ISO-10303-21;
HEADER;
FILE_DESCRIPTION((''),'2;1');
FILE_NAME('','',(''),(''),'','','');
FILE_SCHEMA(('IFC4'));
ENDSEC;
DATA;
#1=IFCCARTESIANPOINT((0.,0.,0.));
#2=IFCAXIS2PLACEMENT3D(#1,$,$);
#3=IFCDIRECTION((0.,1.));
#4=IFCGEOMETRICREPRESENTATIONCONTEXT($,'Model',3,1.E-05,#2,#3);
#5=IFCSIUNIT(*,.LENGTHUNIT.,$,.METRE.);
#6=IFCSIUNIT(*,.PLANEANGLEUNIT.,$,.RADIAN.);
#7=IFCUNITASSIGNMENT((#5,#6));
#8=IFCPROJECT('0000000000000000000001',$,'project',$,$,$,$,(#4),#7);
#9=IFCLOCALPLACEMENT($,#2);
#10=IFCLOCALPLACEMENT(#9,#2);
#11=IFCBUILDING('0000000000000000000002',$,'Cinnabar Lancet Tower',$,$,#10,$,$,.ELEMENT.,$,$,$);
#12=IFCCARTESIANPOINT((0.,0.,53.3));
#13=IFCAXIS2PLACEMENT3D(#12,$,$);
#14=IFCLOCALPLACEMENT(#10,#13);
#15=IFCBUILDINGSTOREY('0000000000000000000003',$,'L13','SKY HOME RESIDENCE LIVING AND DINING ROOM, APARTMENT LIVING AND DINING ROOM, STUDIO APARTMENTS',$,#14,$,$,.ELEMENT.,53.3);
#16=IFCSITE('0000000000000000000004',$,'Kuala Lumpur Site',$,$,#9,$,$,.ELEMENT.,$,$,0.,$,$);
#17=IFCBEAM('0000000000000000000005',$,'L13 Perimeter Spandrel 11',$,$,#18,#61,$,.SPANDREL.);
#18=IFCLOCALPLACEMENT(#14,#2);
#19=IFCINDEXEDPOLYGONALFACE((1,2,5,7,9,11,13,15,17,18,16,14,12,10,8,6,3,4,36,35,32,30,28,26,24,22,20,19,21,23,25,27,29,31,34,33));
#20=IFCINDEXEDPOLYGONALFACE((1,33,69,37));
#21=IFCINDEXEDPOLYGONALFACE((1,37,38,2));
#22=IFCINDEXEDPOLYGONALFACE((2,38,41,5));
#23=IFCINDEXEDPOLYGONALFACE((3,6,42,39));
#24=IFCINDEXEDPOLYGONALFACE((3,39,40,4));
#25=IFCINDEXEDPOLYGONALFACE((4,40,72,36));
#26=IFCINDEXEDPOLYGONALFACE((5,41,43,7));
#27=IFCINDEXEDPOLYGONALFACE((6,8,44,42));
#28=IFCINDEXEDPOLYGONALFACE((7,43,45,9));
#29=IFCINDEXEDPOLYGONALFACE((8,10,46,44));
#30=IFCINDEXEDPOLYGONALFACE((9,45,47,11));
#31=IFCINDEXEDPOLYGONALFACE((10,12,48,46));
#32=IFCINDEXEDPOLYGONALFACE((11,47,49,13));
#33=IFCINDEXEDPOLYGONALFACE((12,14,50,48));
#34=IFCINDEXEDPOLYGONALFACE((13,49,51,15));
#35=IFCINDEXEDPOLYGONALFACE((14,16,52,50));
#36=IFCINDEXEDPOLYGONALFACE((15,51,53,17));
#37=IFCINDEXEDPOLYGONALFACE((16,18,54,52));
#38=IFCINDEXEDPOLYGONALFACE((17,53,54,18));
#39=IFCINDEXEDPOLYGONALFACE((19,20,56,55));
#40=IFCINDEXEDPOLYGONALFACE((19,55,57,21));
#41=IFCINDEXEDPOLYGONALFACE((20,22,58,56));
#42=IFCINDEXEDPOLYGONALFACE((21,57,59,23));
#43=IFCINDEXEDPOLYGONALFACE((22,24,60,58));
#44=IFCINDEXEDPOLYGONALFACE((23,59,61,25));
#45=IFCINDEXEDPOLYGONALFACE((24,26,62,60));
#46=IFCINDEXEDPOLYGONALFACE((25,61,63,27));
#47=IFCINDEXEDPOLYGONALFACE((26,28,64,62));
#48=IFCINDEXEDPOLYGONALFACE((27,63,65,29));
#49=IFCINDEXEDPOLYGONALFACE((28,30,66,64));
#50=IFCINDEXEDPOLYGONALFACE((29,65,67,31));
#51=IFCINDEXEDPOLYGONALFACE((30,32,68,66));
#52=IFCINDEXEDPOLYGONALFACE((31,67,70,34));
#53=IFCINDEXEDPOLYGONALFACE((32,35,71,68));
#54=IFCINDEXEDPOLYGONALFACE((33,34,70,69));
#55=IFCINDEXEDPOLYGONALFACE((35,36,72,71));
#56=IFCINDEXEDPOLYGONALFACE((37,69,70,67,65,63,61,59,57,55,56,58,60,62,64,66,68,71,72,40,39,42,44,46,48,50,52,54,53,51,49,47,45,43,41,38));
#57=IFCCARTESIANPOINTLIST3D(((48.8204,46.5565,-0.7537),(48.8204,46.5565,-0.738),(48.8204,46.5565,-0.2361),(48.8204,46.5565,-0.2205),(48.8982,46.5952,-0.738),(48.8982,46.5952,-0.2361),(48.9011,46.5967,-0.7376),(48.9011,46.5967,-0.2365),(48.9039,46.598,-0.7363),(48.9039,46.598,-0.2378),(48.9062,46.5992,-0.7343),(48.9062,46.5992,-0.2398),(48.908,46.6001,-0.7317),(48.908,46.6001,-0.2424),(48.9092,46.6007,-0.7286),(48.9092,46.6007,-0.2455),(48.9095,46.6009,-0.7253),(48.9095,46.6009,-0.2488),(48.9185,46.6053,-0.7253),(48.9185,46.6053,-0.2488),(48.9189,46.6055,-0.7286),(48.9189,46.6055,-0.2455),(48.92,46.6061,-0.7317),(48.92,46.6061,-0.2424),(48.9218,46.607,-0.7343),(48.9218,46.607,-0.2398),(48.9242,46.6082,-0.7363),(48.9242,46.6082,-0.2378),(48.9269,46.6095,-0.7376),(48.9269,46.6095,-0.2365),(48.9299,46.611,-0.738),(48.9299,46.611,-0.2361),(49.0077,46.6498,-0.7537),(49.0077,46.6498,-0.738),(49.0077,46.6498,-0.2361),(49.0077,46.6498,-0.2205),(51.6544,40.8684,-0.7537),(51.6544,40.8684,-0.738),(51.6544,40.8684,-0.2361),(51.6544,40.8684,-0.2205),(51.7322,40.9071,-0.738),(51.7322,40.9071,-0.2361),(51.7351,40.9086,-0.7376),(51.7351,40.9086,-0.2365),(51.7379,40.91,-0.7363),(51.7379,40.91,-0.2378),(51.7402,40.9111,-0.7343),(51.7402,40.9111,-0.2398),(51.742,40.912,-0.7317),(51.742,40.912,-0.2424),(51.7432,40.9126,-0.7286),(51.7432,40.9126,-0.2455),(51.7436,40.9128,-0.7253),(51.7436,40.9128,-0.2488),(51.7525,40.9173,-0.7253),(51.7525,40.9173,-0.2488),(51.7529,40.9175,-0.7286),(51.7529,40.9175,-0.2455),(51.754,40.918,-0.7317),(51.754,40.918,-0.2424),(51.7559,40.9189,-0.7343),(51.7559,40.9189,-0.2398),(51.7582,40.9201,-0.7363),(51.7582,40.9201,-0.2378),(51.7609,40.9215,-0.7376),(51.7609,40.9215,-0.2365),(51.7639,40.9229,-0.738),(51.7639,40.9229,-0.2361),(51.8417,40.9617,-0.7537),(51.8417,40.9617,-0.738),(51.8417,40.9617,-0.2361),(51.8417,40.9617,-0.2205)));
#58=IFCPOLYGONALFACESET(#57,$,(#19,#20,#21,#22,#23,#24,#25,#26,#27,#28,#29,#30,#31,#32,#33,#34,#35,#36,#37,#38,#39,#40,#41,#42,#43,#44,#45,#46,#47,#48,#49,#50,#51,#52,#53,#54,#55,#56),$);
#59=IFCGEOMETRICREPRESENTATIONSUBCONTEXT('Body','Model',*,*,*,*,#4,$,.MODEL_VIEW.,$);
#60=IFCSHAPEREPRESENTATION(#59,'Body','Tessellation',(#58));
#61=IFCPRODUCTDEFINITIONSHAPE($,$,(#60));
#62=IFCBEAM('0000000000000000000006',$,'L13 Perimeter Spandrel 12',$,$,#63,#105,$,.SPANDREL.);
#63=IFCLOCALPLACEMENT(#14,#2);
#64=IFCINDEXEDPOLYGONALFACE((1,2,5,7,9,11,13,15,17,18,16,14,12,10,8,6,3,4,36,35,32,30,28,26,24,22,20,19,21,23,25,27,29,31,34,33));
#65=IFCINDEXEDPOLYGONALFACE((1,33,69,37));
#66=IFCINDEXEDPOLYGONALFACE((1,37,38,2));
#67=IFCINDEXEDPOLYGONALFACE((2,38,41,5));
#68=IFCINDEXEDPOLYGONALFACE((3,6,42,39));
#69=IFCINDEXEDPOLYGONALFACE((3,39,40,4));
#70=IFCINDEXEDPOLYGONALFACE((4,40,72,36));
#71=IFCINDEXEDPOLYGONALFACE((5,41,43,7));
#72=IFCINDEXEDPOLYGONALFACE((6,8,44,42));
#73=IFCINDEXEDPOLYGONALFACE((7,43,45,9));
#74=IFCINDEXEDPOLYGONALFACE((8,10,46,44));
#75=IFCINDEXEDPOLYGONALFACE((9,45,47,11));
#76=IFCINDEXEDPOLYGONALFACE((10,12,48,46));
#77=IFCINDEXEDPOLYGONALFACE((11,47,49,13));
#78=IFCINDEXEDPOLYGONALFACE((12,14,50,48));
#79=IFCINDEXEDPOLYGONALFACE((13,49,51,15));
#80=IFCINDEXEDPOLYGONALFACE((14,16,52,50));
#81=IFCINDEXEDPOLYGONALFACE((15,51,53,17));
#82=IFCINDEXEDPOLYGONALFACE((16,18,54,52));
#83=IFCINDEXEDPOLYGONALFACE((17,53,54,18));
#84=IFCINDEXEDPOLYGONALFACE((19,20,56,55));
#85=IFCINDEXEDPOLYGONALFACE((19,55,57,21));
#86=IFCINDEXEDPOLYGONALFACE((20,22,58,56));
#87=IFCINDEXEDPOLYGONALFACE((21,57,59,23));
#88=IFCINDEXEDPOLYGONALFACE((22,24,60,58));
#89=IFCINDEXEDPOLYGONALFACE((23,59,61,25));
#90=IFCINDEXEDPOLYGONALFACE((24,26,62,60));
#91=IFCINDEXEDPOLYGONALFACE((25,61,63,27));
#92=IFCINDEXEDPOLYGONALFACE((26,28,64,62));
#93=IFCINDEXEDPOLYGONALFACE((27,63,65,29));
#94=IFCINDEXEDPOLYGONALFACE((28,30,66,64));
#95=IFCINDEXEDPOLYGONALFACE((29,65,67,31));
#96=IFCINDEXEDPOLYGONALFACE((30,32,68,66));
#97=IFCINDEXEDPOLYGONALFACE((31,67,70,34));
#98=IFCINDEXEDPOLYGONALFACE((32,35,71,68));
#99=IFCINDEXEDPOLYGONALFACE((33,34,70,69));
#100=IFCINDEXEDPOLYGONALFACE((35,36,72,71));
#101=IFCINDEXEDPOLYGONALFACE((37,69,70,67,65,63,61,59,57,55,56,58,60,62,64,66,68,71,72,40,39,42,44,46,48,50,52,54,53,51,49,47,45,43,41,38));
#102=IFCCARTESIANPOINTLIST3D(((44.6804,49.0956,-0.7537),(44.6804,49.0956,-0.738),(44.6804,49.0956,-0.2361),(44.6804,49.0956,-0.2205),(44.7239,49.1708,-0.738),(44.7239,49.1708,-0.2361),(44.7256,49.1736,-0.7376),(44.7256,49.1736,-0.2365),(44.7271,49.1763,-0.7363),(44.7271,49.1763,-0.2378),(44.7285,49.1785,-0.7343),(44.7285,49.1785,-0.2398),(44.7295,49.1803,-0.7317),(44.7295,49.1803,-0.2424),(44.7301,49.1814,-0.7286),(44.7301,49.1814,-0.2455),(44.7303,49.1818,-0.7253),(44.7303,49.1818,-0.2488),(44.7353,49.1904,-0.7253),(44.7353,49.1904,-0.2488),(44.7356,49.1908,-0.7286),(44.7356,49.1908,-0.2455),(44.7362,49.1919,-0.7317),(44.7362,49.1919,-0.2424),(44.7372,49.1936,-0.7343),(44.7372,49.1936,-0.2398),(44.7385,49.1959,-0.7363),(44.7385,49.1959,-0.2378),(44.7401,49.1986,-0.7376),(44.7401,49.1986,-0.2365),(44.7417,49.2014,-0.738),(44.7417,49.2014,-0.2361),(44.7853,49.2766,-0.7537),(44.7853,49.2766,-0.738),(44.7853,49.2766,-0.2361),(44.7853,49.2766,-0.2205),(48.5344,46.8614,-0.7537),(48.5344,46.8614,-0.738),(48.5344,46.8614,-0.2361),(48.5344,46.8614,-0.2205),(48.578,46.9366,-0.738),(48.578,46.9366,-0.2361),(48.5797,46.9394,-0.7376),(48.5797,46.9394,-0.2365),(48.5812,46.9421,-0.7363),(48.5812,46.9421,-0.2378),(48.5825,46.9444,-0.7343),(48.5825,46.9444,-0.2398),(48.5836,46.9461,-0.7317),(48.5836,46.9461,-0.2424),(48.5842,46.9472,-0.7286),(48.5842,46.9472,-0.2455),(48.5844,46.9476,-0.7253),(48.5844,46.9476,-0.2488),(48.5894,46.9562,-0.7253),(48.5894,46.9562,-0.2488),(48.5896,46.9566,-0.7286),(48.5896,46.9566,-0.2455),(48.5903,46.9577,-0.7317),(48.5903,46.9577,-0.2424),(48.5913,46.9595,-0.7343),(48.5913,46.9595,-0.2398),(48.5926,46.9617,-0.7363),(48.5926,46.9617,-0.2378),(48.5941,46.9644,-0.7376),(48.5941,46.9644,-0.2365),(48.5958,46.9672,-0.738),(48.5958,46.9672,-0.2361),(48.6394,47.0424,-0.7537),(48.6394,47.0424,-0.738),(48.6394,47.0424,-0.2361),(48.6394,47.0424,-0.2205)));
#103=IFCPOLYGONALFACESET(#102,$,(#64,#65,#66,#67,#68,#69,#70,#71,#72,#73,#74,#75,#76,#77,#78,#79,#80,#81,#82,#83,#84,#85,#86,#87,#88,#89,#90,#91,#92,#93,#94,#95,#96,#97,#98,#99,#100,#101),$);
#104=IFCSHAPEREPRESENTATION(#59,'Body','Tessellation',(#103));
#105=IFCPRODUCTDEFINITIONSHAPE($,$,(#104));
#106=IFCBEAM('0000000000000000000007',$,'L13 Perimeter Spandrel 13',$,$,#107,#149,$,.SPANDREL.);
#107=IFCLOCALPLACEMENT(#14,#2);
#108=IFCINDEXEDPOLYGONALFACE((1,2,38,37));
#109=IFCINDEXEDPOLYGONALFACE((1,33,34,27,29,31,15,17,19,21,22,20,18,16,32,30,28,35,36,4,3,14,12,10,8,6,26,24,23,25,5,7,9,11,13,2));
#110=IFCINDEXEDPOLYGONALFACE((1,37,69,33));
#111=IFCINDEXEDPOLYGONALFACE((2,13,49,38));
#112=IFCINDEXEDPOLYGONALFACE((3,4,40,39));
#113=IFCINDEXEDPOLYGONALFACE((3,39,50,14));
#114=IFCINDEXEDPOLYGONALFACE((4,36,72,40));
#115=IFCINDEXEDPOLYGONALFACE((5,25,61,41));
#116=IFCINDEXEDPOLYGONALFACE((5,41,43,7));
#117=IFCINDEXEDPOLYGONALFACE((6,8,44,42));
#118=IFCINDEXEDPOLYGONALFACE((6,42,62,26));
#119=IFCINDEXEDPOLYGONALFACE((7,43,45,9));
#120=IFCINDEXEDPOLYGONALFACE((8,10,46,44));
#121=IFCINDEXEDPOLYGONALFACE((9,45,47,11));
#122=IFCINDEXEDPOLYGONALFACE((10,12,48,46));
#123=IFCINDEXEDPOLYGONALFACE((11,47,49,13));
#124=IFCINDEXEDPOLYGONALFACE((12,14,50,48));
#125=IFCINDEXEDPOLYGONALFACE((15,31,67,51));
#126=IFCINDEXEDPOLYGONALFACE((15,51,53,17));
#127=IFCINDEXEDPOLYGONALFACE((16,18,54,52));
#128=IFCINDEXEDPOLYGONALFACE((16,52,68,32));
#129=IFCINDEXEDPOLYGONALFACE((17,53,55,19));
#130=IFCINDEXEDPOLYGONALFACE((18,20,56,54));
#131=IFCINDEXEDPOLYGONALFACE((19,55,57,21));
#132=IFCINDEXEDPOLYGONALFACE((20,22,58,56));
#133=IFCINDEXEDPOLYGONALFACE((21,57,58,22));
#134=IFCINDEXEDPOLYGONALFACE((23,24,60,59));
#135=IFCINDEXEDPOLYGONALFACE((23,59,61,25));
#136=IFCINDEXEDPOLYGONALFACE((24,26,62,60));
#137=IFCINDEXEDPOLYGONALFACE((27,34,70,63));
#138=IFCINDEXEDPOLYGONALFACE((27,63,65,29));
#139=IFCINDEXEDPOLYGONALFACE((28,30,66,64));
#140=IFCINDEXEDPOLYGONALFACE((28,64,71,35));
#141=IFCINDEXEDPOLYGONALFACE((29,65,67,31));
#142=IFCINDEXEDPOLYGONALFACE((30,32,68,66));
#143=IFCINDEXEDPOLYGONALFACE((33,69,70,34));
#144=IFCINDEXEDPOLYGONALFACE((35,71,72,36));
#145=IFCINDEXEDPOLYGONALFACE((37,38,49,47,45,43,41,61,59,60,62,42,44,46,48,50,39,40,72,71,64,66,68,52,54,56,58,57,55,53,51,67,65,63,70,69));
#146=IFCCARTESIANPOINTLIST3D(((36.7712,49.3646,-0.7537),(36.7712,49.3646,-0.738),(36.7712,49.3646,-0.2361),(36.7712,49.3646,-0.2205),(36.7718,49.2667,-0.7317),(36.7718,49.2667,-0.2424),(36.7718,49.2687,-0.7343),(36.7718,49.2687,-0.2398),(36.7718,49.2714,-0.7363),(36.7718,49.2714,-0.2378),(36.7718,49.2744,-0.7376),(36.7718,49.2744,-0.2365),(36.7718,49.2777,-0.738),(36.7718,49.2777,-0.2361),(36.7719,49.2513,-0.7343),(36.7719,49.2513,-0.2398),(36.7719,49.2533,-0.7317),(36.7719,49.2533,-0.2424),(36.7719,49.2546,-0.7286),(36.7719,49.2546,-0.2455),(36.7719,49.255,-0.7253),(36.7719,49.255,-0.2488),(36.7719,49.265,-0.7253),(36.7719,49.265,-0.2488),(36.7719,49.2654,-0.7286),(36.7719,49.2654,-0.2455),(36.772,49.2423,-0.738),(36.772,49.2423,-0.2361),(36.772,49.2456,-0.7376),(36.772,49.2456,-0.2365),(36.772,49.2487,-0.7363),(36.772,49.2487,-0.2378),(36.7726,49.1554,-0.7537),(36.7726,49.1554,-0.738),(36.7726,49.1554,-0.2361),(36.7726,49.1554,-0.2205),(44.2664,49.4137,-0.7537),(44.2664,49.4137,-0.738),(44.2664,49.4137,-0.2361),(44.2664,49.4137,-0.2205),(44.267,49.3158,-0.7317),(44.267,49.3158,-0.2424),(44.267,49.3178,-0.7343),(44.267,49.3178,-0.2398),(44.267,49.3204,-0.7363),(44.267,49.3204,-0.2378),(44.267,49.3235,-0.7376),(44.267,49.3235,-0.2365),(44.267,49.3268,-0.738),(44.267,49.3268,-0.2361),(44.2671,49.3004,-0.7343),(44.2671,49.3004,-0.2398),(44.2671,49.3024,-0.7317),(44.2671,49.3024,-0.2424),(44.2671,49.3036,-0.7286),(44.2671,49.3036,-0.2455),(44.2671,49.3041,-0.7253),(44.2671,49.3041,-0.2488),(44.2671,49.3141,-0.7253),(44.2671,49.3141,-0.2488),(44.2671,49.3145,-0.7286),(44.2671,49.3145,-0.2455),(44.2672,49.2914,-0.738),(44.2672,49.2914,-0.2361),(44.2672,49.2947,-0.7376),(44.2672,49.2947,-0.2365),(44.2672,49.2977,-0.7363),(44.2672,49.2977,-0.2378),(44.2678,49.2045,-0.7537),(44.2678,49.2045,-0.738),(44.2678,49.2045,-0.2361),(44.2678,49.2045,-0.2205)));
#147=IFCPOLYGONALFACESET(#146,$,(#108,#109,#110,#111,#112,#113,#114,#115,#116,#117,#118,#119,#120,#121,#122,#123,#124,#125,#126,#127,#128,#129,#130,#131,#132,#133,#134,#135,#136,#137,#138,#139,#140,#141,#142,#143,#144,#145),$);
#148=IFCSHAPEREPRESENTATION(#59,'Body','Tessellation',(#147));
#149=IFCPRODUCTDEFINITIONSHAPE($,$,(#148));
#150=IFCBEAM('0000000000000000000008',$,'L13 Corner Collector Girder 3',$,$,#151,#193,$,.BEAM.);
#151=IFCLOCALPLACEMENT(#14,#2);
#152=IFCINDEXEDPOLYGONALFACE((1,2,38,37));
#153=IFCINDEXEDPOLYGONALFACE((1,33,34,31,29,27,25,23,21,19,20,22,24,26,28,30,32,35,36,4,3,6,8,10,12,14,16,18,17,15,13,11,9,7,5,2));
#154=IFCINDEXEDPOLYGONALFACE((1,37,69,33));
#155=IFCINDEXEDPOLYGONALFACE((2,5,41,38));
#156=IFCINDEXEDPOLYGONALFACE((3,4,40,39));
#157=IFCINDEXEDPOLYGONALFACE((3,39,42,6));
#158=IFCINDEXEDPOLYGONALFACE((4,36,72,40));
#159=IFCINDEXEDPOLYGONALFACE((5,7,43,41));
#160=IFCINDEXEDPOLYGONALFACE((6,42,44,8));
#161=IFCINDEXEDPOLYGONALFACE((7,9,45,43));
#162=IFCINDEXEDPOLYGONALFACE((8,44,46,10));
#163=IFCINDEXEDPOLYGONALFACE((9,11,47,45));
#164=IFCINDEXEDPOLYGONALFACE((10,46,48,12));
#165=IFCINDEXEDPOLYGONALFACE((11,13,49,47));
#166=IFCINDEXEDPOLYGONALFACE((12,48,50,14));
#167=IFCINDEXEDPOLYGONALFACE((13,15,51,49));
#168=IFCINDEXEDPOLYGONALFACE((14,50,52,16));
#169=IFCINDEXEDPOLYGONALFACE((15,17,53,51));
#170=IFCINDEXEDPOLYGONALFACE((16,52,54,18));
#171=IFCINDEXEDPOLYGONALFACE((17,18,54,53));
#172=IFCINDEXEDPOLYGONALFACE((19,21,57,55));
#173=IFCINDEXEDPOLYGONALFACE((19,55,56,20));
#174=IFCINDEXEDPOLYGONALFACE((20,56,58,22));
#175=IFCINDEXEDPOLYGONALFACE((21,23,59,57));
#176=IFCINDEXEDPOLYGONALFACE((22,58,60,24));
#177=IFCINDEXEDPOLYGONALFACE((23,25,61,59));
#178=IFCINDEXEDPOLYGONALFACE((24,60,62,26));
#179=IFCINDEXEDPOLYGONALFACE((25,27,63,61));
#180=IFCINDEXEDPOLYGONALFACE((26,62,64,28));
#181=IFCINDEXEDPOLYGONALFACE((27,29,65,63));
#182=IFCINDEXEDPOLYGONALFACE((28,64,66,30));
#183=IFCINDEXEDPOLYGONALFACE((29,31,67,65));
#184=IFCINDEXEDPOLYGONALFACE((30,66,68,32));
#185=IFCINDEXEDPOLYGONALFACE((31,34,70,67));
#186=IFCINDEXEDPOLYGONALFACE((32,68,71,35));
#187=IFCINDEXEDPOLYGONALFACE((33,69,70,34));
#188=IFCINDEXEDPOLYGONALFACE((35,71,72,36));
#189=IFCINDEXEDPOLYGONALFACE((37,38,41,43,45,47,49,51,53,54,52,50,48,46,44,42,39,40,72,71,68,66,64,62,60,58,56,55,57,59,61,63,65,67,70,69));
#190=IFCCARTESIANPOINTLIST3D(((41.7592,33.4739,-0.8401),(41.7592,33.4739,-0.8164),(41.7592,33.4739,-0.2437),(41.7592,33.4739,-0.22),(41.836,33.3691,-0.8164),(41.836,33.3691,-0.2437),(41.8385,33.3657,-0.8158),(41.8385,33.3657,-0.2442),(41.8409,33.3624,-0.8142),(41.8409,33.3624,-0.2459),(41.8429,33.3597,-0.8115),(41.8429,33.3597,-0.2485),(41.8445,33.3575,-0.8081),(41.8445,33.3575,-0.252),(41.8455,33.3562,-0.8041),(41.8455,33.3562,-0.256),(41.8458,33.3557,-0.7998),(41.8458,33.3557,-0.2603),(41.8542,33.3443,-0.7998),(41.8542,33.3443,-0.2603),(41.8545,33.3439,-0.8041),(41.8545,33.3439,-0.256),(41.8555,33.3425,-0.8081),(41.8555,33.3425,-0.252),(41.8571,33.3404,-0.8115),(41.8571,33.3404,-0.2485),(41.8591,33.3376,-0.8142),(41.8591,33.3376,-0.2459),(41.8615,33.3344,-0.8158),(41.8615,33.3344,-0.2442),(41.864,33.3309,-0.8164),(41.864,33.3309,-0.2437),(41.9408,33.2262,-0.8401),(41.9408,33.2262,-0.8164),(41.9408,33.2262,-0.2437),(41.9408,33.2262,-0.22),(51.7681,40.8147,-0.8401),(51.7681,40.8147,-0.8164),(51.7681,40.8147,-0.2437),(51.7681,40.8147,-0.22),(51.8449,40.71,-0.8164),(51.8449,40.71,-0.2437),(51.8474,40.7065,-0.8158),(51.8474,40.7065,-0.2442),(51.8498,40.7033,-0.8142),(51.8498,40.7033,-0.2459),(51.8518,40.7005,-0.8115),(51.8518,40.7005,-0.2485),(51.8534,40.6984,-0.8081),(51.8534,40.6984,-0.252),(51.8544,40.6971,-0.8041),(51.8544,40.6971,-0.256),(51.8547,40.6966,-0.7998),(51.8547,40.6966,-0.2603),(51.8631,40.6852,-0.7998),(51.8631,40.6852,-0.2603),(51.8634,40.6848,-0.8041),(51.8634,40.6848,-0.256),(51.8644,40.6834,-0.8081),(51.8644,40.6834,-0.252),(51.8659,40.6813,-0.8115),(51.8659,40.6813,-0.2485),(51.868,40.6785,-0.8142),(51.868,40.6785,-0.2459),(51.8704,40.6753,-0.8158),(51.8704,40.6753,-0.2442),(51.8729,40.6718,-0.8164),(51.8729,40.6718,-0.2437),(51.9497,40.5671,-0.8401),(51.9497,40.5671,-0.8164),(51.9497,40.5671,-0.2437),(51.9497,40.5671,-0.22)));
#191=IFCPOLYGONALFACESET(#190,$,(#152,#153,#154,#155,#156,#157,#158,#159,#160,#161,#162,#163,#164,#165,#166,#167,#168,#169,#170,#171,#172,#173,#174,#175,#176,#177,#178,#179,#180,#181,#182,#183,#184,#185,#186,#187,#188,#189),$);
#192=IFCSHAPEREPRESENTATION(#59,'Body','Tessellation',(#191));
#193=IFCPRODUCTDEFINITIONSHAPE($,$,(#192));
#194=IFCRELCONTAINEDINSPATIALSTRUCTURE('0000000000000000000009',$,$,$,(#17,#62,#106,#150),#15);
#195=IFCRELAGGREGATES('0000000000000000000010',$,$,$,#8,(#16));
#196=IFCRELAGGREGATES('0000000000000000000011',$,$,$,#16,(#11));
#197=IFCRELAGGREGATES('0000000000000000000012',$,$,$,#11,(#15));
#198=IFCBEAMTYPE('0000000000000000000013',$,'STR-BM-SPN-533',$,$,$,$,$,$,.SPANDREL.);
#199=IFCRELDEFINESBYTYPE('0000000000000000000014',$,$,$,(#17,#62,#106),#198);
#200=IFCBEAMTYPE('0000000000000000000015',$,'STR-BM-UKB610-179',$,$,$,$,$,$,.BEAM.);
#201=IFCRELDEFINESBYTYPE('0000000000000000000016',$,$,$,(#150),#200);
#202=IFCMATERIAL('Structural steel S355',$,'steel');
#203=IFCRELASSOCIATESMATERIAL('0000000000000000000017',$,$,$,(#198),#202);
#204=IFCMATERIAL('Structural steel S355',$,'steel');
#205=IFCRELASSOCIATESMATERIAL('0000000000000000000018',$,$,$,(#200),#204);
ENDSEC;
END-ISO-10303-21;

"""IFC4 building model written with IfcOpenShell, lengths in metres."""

from ifc_helpers import new_model, si_unit, direction, frame, origin, origin_2d, place, context, subcontext, project, spatial, i_section, extrude, material, material_profile, profile_set, type_object, element, save


model = new_model("IFC4")

# Units and contexts
model_context = context("Model", 3, precision=1e-05, world=origin(), true_north=direction((0.0, 1.0)))
body_context = subcontext(model_context, "Body", "Model", "MODEL_VIEW")
ifc_project = project(units=[si_unit("LENGTHUNIT", "METRE"), si_unit("PLANEANGLEUNIT", "RADIAN")], contexts=[model_context])

# Site, building, storey
site_placement = place(None, origin())
site = spatial("IfcSite", under=ifc_project, at=site_placement, Name="Kuala Lumpur Site", CompositionType="ELEMENT", RefElevation=0.0)
building_placement = place(site_placement, origin())
building = spatial("IfcBuilding", under=site, at=building_placement, Name="Cinnabar Lancet Tower", CompositionType="ELEMENT")
storey_placement = place(building_placement, frame((0.0, 0.0, 53.3)))
storey = spatial("IfcBuildingStorey", under=building, at=storey_placement, Name="L13", Description="SKY HOME RESIDENCE LIVING AND DINING ROOM, APARTMENT LIVING AND DINING ROOM, STUDIO APARTMENTS", CompositionType="ELEMENT", Elevation=53.3)

# Beams
ifc_material_1 = material(Name="Structural steel S355", Category="steel")
ifc_material_profile_1 = material_profile(ifc_material_1, i_section(OverallWidth=0.2092, OverallDepth=0.5332, WebThickness=0.01, FlangeThickness=0.0156, FilletRadius=0.0127, at=origin_2d()), Name="UKB 533x210x92")
ifc_profile_set_1 = profile_set([ifc_material_profile_1], Name="Structural steel S355")
beam_type_1 = type_object("IfcBeamType", Name="STR-BM-SPN-533", PredefinedType="SPANDREL", material=ifc_profile_set_1)
beam_1_placement = place(storey_placement, frame((51.748, 40.915, -0.4871), z_axis=(-0.445953, 0.895056, 0.0), x_axis=(-0.895056, -0.445953, 0.0)))
element("IfcBeam", 1, at=beam_1_placement, inside=storey, type_object=beam_type_1, Name="L13 Perimeter Spandrel 11", PredefinedType="SPANDREL", context=body_context, shape_type="SweptSolid", body=[
    extrude(i_section(OverallWidth=0.2092, OverallDepth=0.5332, WebThickness=0.01, FlangeThickness=0.0156, FilletRadius=0.0127, at=origin_2d()), origin(), (0.0, 0.0, 1.0), 6.355),
])
beam_2_placement = place(storey_placement, frame((48.5869, 46.9519, -0.4871), z_axis=(-0.865147, 0.501518, 0.0), x_axis=(-0.501518, -0.865147, 0.0)))
element("IfcBeam", 2, at=beam_2_placement, inside=storey, type_object=beam_type_1, Name="L13 Perimeter Spandrel 12", PredefinedType="SPANDREL", context=body_context, shape_type="SweptSolid", body=[
    extrude(i_section(OverallWidth=0.2092, OverallDepth=0.5332, WebThickness=0.01, FlangeThickness=0.0156, FilletRadius=0.0127, at=origin_2d()), origin(), (0.0, 0.0, 1.0), 4.4548),
])
beam_3_placement = place(storey_placement, frame((44.2671, 49.3091, -0.4871), z_axis=(-0.999979, -0.006547, 0.0), x_axis=(0.006547, -0.999979, 0.0)))
element("IfcBeam", 3, at=beam_3_placement, inside=storey, type_object=beam_type_1, Name="L13 Perimeter Spandrel 13", PredefinedType="SPANDREL", context=body_context, shape_type="SweptSolid", body=[
    extrude(i_section(OverallWidth=0.2092, OverallDepth=0.5332, WebThickness=0.01, FlangeThickness=0.0156, FilletRadius=0.0127, at=origin_2d()), origin(), (0.0, 0.0, 1.0), 7.4954),
])
ifc_material_2 = material(Name="Structural steel S355", Category="steel")
ifc_material_profile_2 = material_profile(ifc_material_2, i_section(OverallWidth=0.3071, OverallDepth=0.6201, WebThickness=0.0142, FlangeThickness=0.0237, FilletRadius=0.0166, at=origin_2d()), Name="UKB 610x305x179")
ifc_profile_set_2 = profile_set([ifc_material_profile_2], Name="Structural steel S355")
beam_type_2 = type_object("IfcBeamType", Name="STR-BM-UKB610-179", PredefinedType="BEAM", material=ifc_profile_set_2)
beam_4_placement = place(storey_placement, frame((51.8589, 40.6909, -0.53), z_axis=(-0.806365, -0.591418, 0.0), x_axis=(0.591418, -0.806365, 0.0)))
element("IfcBeam", 4, at=beam_4_placement, inside=storey, type_object=beam_type_2, Name="L13 Corner Collector Girder 3", PredefinedType="BEAM", context=body_context, shape_type="SweptSolid", body=[
    extrude(i_section(OverallWidth=0.3071, OverallDepth=0.6201, WebThickness=0.0142, FlangeThickness=0.0237, FilletRadius=0.0166, at=origin_2d()), origin(), (0.0, 0.0, 1.0), 12.4124),
])

save(model, "model.ifc")
